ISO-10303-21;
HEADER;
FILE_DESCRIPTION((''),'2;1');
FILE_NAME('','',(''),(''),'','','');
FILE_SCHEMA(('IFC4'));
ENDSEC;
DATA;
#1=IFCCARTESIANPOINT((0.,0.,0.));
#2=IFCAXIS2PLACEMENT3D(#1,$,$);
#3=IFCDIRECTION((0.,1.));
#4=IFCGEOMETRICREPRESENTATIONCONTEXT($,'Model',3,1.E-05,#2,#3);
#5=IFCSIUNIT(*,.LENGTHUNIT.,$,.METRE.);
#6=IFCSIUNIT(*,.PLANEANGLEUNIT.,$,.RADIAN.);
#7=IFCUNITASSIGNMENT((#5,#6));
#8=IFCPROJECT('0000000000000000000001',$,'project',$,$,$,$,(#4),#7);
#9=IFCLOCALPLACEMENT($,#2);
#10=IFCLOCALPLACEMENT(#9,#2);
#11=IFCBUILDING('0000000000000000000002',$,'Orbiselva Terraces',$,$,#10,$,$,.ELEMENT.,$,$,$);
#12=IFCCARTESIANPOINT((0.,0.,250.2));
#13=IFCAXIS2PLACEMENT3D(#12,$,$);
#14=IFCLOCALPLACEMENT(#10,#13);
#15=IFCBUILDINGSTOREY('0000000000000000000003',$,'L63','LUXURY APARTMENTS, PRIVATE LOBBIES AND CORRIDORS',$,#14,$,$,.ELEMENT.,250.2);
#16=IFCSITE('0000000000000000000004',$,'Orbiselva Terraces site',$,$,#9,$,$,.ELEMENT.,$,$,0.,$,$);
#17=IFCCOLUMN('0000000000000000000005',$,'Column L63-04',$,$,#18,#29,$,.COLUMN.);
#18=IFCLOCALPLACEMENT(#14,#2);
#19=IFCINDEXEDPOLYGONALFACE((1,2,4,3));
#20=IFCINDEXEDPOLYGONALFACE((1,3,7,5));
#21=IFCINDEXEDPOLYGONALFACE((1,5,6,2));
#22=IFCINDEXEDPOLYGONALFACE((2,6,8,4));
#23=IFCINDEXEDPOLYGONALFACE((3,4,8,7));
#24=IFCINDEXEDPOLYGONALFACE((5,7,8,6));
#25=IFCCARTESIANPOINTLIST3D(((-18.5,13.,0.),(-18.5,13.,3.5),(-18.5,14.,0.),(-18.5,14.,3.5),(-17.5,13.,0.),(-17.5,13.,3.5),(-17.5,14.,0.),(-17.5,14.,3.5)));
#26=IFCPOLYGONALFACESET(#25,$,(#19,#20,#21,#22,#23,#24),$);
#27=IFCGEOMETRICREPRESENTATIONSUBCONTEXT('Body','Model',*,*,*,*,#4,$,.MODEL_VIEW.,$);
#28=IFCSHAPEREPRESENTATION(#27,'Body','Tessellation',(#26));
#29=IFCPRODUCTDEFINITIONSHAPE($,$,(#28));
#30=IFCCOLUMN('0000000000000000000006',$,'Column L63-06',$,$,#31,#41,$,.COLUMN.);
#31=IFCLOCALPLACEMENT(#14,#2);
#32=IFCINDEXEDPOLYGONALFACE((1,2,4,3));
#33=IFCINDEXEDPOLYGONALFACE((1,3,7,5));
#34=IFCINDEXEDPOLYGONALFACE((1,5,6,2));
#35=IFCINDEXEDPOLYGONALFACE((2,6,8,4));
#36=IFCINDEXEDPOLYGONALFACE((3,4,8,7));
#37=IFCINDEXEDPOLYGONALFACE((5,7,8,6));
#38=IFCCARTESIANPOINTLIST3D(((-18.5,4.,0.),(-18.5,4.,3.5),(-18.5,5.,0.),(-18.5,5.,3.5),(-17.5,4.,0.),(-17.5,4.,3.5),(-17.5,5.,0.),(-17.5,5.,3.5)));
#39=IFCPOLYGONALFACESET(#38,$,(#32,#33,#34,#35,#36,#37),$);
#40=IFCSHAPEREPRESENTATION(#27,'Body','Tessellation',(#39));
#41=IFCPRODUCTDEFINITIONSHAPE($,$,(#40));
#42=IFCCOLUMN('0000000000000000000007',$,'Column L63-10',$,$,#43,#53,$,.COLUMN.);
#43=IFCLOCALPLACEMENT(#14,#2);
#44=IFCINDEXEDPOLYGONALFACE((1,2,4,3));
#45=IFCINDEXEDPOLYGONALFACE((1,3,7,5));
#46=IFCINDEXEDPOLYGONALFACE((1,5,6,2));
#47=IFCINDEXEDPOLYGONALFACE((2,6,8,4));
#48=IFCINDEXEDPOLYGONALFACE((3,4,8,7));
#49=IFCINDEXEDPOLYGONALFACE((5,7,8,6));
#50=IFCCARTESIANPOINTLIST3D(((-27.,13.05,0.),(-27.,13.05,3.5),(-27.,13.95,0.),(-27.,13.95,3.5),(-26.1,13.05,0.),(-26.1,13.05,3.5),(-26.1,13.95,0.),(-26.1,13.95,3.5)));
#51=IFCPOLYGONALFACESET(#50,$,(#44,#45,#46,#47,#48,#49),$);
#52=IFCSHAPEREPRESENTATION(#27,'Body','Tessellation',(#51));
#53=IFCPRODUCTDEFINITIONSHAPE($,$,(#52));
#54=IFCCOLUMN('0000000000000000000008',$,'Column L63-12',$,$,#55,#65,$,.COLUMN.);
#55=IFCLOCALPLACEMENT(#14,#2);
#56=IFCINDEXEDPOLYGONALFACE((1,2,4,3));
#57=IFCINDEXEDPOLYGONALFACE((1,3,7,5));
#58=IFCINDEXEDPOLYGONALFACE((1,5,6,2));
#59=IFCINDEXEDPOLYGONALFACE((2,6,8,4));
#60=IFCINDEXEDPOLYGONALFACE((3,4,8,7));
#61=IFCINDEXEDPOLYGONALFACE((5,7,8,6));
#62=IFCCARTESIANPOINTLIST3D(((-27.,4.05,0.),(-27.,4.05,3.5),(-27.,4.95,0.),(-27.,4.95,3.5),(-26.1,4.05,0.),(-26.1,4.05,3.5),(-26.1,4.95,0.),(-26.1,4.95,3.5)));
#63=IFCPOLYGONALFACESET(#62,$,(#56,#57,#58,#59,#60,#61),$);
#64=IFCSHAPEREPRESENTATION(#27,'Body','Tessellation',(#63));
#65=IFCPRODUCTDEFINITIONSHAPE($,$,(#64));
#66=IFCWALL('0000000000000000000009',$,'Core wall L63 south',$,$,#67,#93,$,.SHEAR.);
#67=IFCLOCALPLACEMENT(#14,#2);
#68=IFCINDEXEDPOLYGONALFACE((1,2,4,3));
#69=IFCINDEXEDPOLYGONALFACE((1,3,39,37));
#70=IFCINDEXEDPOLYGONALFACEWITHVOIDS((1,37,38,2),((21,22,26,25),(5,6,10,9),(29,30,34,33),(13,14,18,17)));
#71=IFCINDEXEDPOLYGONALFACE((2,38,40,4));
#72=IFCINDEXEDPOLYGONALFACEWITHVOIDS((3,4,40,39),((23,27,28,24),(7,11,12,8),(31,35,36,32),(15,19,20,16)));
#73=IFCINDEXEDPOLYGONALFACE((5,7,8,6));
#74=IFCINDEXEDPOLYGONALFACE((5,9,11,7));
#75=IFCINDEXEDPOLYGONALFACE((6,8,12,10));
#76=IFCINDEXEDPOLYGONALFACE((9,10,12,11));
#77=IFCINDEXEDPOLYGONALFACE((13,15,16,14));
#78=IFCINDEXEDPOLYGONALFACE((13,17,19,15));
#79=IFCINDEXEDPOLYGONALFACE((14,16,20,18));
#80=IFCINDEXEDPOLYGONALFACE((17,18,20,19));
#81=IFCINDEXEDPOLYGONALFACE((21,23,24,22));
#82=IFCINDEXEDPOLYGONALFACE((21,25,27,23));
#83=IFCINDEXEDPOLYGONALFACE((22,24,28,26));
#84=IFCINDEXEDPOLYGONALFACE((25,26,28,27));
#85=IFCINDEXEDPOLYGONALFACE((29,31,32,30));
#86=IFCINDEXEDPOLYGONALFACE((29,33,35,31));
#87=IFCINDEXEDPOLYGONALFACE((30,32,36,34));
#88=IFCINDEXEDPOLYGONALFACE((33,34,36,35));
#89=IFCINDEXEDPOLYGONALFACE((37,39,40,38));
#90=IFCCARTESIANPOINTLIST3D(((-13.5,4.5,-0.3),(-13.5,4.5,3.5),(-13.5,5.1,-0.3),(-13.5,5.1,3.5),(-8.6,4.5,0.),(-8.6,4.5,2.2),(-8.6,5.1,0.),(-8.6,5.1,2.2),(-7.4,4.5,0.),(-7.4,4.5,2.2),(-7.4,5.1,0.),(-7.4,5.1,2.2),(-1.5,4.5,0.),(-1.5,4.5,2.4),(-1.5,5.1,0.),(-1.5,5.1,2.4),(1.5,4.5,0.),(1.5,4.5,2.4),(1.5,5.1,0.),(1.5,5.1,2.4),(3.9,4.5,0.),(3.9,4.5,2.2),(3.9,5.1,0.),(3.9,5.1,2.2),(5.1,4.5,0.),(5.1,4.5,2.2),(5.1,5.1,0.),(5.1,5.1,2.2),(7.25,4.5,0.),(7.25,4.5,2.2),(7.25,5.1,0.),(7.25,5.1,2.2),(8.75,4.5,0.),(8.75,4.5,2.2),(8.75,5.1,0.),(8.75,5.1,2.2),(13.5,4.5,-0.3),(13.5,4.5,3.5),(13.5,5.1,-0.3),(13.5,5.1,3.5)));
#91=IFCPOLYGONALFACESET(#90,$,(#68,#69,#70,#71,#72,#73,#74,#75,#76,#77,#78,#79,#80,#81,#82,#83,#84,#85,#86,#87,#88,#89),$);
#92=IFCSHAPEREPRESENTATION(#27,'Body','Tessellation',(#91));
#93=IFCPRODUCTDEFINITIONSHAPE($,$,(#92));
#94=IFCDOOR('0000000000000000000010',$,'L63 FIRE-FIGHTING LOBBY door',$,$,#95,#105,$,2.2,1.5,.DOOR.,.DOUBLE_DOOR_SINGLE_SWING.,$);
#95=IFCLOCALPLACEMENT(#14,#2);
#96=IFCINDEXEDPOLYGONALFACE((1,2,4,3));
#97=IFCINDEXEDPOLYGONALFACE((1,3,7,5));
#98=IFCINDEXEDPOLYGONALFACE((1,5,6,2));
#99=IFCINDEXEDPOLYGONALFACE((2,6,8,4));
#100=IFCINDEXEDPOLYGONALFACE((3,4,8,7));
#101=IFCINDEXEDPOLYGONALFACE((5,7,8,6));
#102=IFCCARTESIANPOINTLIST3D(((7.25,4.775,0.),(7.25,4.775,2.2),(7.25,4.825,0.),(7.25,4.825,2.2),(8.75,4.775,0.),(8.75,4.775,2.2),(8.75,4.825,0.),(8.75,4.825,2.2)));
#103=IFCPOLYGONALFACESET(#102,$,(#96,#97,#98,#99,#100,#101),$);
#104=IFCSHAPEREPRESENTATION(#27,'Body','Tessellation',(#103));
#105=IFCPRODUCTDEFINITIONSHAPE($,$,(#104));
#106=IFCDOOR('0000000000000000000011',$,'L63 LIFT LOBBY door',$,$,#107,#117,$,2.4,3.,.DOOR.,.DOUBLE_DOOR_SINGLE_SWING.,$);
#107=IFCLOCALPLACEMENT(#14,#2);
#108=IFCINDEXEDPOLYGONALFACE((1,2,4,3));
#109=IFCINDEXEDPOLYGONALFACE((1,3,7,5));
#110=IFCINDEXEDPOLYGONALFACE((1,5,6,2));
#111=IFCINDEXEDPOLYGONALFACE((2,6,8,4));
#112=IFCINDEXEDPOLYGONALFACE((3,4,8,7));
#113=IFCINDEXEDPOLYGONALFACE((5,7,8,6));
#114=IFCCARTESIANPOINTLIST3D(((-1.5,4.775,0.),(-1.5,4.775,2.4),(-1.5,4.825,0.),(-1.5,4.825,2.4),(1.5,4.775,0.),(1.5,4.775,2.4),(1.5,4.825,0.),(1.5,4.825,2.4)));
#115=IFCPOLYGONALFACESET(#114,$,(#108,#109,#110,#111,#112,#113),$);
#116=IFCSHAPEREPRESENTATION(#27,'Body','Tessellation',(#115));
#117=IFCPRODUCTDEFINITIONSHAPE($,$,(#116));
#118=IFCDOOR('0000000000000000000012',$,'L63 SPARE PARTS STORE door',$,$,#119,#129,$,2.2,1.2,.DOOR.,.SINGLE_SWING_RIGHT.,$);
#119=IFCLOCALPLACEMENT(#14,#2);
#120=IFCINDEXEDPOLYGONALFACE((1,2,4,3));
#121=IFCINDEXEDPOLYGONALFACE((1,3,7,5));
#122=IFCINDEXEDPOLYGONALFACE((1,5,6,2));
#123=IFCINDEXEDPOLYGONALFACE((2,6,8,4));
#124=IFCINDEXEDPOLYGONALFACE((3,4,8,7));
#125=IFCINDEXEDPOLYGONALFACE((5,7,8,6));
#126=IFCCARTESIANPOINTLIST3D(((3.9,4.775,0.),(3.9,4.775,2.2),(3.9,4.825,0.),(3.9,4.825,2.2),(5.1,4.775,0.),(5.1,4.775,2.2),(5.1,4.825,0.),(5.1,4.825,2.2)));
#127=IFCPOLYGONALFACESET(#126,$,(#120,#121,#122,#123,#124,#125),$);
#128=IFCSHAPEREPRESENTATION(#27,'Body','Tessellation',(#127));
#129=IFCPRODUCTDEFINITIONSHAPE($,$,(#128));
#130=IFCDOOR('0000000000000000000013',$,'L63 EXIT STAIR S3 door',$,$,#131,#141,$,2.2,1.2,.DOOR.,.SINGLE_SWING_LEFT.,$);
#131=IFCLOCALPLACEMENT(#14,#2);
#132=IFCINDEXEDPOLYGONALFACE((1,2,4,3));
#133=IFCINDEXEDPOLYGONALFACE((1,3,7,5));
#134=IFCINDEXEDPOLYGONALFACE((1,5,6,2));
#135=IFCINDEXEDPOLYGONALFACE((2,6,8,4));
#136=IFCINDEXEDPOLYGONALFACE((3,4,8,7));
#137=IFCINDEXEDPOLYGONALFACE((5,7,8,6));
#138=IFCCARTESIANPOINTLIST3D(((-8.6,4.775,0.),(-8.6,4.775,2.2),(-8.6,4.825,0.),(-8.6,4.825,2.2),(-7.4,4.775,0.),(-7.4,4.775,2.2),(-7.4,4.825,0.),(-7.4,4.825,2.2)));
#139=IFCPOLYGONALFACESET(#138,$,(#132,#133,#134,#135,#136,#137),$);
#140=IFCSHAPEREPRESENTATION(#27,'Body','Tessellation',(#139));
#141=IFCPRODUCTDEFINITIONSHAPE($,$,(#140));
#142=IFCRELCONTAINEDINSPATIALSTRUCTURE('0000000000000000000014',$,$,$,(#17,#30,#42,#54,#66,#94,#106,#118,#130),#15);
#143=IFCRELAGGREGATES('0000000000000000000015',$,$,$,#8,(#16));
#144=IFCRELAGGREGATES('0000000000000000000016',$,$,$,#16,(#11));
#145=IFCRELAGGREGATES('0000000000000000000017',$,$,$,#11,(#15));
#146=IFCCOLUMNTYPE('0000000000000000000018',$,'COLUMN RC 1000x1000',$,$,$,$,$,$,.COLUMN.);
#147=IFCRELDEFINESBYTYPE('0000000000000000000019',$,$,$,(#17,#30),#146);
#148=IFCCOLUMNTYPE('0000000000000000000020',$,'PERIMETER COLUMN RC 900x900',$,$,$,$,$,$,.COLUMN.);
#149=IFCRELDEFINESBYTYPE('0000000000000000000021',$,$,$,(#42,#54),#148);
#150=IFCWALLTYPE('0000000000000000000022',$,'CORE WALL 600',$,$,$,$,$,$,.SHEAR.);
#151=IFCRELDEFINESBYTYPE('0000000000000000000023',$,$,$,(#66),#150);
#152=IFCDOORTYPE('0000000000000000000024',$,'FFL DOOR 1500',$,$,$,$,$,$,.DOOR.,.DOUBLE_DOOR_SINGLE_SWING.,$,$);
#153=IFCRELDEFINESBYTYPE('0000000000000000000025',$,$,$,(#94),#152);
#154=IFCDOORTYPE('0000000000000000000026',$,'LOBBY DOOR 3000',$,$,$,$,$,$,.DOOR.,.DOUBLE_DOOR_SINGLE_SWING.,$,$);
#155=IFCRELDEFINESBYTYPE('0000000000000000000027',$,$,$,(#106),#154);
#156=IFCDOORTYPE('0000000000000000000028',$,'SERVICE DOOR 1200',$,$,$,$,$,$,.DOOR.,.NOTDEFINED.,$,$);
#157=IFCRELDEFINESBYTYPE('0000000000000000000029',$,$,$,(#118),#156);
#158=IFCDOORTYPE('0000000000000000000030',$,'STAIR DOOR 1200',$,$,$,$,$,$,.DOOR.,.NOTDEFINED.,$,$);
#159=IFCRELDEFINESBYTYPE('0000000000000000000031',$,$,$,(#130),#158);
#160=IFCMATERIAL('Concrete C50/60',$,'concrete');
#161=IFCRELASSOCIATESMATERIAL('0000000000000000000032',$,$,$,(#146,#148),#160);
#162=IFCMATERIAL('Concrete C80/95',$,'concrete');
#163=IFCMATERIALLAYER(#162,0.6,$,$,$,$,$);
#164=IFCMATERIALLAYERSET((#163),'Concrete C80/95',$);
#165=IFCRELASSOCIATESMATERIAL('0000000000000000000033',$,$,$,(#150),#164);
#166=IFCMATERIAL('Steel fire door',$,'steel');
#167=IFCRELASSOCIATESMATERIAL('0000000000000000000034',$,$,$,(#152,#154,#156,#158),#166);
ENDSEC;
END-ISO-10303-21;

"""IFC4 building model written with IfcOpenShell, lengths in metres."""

from ifc_helpers import new_model, si_unit, direction, frame, frame_2d, origin, origin_2d, place, context, subcontext, project, spatial, rectangle, extrude, material, layer, layer_set, material_profile, profile_set, type_object, element, fill, save


model = new_model("IFC4")

# Units and contexts
model_context = context("Model", 3, precision=1e-05, world=origin(), true_north=direction((0.0, 1.0)))
body_context = subcontext(model_context, "Body", "Model", "MODEL_VIEW")
ifc_project = project(units=[si_unit("LENGTHUNIT", "METRE"), si_unit("PLANEANGLEUNIT", "RADIAN")], contexts=[model_context])

# Site, building, storey
site_placement = place(None, origin())
site = spatial("IfcSite", under=ifc_project, at=site_placement, Name="Orbiselva Terraces site", CompositionType="ELEMENT", RefElevation=0.0)
building_placement = place(site_placement, origin())
building = spatial("IfcBuilding", under=site, at=building_placement, Name="Orbiselva Terraces", CompositionType="ELEMENT")
storey_placement = place(building_placement, frame((0.0, 0.0, 250.2)))
storey = spatial("IfcBuildingStorey", under=building, at=storey_placement, Name="L63", Description="LUXURY APARTMENTS, PRIVATE LOBBIES AND CORRIDORS", CompositionType="ELEMENT", Elevation=250.2)

# Columns
ifc_material_1 = material(Name="Concrete C50/60", Category="concrete")
ifc_material_profile_1 = material_profile(ifc_material_1, rectangle(XDim=1.0, YDim=1.0, at=origin_2d()), Name="RC 1000x1000")
ifc_profile_set_1 = profile_set([ifc_material_profile_1], Name="Concrete C50/60")
column_type_1 = type_object("IfcColumnType", Name="COLUMN RC 1000x1000", PredefinedType="COLUMN", material=ifc_profile_set_1)
for number, where, z_axis, x_axis, name in (
    (1, (-18.0, 13.5, 0.0), (0.0, 0.0, 1.0), (1.0, 0.0, 0.0), "Column L63-04"),
    (2, (-18.0, 4.5, 0.0), (0.0, 0.0, 1.0), (1.0, 0.0, 0.0), "Column L63-06"),
):
    element("IfcColumn", number, at=place(storey_placement, frame(where, z_axis=z_axis, x_axis=x_axis)), inside=storey, type_object=column_type_1, Name=name, PredefinedType="COLUMN", context=body_context, shape_type="SweptSolid", body=[
        extrude(rectangle(XDim=1.0, YDim=1.0, at=origin_2d()), origin(), (0.0, 0.0, 1.0), 3.5),
    ])
ifc_material_profile_2 = material_profile(ifc_material_1, rectangle(XDim=0.9, YDim=0.9, at=origin_2d()), Name="RC 900x900")
ifc_profile_set_2 = profile_set([ifc_material_profile_2], Name="Concrete C50/60")
column_type_2 = type_object("IfcColumnType", Name="PERIMETER COLUMN RC 900x900", PredefinedType="COLUMN", material=ifc_profile_set_2)
for number, where, z_axis, x_axis, name in (
    (3, (-26.55, 13.5, 0.0), (0.0, 0.0, 1.0), (1.0, 0.0, 0.0), "Column L63-10"),
    (4, (-26.55, 4.5, 0.0), (0.0, 0.0, 1.0), (1.0, 0.0, 0.0), "Column L63-12"),
):
    element("IfcColumn", number, at=place(storey_placement, frame(where, z_axis=z_axis, x_axis=x_axis)), inside=storey, type_object=column_type_2, Name=name, PredefinedType="COLUMN", context=body_context, shape_type="SweptSolid", body=[
        extrude(rectangle(XDim=0.9, YDim=0.9, at=origin_2d()), origin(), (0.0, 0.0, 1.0), 3.5),
    ])

# Wall, openings, doors
ifc_material_2 = material(Name="Concrete C80/95", Category="concrete")
ifc_layer_1 = layer(ifc_material_2, 0.6)
ifc_layer_set_1 = layer_set([ifc_layer_1], Name="Concrete C80/95")
wall_type_1 = type_object("IfcWallType", Name="CORE WALL 600", PredefinedType="SHEAR", material=ifc_layer_set_1)
wall_1_placement = place(storey_placement, frame((-13.5, 4.8, -0.3), z_axis=(0.0, 0.0, 1.0), x_axis=(1.0, 0.0, 0.0)))
wall_1 = element("IfcWall", 5, at=wall_1_placement, inside=storey, type_object=wall_type_1, Name="Core wall L63 south", PredefinedType="SHEAR", context=body_context, shape_type="SweptSolid", body=[
    extrude(rectangle(XDim=27.0, YDim=0.6, at=frame_2d((13.5, 0.0))), origin(), (0.0, 0.0, 1.0), 3.8),
])
opening_1_placement = place(wall_1_placement, frame((12.0, 0.0, 0.3)))
opening_1 = element("IfcOpeningElement", 6, at=opening_1_placement, cuts=wall_1, PredefinedType="OPENING", context=body_context, shape_type="SweptSolid", body=[
    extrude(rectangle(XDim=3.0, YDim=2.4, at=frame_2d((1.5, 1.2))), frame((0.0, 0.31, 0.0), z_axis=(0.0, -1.0, 0.0), x_axis=(1.0, 0.0, 0.0)), (0.0, 0.0, 1.0), 0.62),
])
opening_2_placement = place(wall_1_placement, frame((4.9, 0.0, 0.3)))
opening_2 = element("IfcOpeningElement", 7, at=opening_2_placement, cuts=wall_1, PredefinedType="OPENING", context=body_context, shape_type="SweptSolid", body=[
    extrude(rectangle(XDim=1.2, YDim=2.2, at=frame_2d((0.6, 1.1))), frame((0.0, 0.31, 0.0), z_axis=(0.0, -1.0, 0.0), x_axis=(1.0, 0.0, 0.0)), (0.0, 0.0, 1.0), 0.62),
])
opening_3_placement = place(wall_1_placement, frame((20.75, 0.0, 0.3)))
opening_3 = element("IfcOpeningElement", 8, at=opening_3_placement, cuts=wall_1, PredefinedType="OPENING", context=body_context, shape_type="SweptSolid", body=[
    extrude(rectangle(XDim=1.5, YDim=2.2, at=frame_2d((0.75, 1.1))), frame((0.0, 0.31, 0.0), z_axis=(0.0, -1.0, 0.0), x_axis=(1.0, 0.0, 0.0)), (0.0, 0.0, 1.0), 0.62),
])
opening_4_placement = place(wall_1_placement, frame((17.4, 0.0, 0.3)))
opening_4 = element("IfcOpeningElement", 9, at=opening_4_placement, cuts=wall_1, PredefinedType="OPENING", context=body_context, shape_type="SweptSolid", body=[
    extrude(rectangle(XDim=1.2, YDim=2.2, at=frame_2d((0.6, 1.1))), frame((0.0, 0.31, 0.0), z_axis=(0.0, -1.0, 0.0), x_axis=(1.0, 0.0, 0.0)), (0.0, 0.0, 1.0), 0.62),
])
ifc_material_3 = material(Name="Steel fire door", Category="steel")
door_type_1 = type_object("IfcDoorType", Name="FFL DOOR 1500", OperationType="DOUBLE_DOOR_SINGLE_SWING", PredefinedType="DOOR", material=ifc_material_3)
door_1_placement = place(opening_3_placement, frame((1.5, 0.0, 0.0), z_axis=(0.0, 0.0, 1.0), x_axis=(-1.0, 0.0, 0.0)))
door_1 = element("IfcDoor", 10, at=door_1_placement, inside=storey, type_object=door_type_1, Name="L63 FIRE-FIGHTING LOBBY door", OperationType="DOUBLE_DOOR_SINGLE_SWING", OverallHeight=2.2, OverallWidth=1.5, PredefinedType="DOOR", context=body_context, shape_type="SweptSolid", body=[
    extrude(rectangle(XDim=1.5, YDim=2.2, at=frame_2d((0.75, 1.1))), frame((0.0, 0.025, 0.0), z_axis=(0.0, -1.0, 0.0), x_axis=(1.0, 0.0, 0.0)), (0.0, 0.0, 1.0), 0.05),
])
fill(opening_3, door_1)
door_type_2 = type_object("IfcDoorType", Name="LOBBY DOOR 3000", OperationType="DOUBLE_DOOR_SINGLE_SWING", PredefinedType="DOOR", material=ifc_material_3)
door_2_placement = place(opening_1_placement, frame((3.0, 0.0, 0.0), z_axis=(0.0, 0.0, 1.0), x_axis=(-1.0, 0.0, 0.0)))
door_2 = element("IfcDoor", 11, at=door_2_placement, inside=storey, type_object=door_type_2, Name="L63 LIFT LOBBY door", OperationType="DOUBLE_DOOR_SINGLE_SWING", OverallHeight=2.4, OverallWidth=3.0, PredefinedType="DOOR", context=body_context, shape_type="SweptSolid", body=[
    extrude(rectangle(XDim=3.0, YDim=2.4, at=frame_2d((1.5, 1.2))), frame((0.0, 0.025, 0.0), z_axis=(0.0, -1.0, 0.0), x_axis=(1.0, 0.0, 0.0)), (0.0, 0.0, 1.0), 0.05),
])
fill(opening_1, door_2)
door_type_3 = type_object("IfcDoorType", Name="SERVICE DOOR 1200", OperationType="NOTDEFINED", PredefinedType="DOOR", material=ifc_material_3)
door_3_placement = place(opening_4_placement, frame((1.2, 0.0, 0.0), z_axis=(0.0, 0.0, 1.0), x_axis=(-1.0, 0.0, 0.0)))
door_3 = element("IfcDoor", 12, at=door_3_placement, inside=storey, type_object=door_type_3, Name="L63 SPARE PARTS STORE door", OperationType="SINGLE_SWING_RIGHT", OverallHeight=2.2, OverallWidth=1.2, PredefinedType="DOOR", context=body_context, shape_type="SweptSolid", body=[
    extrude(rectangle(XDim=1.2, YDim=2.2, at=frame_2d((0.6, 1.1))), frame((0.0, 0.025, 0.0), z_axis=(0.0, -1.0, 0.0), x_axis=(1.0, 0.0, 0.0)), (0.0, 0.0, 1.0), 0.05),
])
fill(opening_4, door_3)
door_type_4 = type_object("IfcDoorType", Name="STAIR DOOR 1200", OperationType="NOTDEFINED", PredefinedType="DOOR", material=ifc_material_3)
door_4_placement = place(opening_2_placement, frame((1.2, 0.0, 0.0), z_axis=(0.0, 0.0, 1.0), x_axis=(-1.0, 0.0, 0.0)))
door_4 = element("IfcDoor", 13, at=door_4_placement, inside=storey, type_object=door_type_4, Name="L63 EXIT STAIR S3 door", OperationType="SINGLE_SWING_LEFT", OverallHeight=2.2, OverallWidth=1.2, PredefinedType="DOOR", context=body_context, shape_type="SweptSolid", body=[
    extrude(rectangle(XDim=1.2, YDim=2.2, at=frame_2d((0.6, 1.1))), frame((0.0, 0.025, 0.0), z_axis=(0.0, -1.0, 0.0), x_axis=(1.0, 0.0, 0.0)), (0.0, 0.0, 1.0), 0.05),
])
fill(opening_2, door_4)

save(model, "model.ifc")
